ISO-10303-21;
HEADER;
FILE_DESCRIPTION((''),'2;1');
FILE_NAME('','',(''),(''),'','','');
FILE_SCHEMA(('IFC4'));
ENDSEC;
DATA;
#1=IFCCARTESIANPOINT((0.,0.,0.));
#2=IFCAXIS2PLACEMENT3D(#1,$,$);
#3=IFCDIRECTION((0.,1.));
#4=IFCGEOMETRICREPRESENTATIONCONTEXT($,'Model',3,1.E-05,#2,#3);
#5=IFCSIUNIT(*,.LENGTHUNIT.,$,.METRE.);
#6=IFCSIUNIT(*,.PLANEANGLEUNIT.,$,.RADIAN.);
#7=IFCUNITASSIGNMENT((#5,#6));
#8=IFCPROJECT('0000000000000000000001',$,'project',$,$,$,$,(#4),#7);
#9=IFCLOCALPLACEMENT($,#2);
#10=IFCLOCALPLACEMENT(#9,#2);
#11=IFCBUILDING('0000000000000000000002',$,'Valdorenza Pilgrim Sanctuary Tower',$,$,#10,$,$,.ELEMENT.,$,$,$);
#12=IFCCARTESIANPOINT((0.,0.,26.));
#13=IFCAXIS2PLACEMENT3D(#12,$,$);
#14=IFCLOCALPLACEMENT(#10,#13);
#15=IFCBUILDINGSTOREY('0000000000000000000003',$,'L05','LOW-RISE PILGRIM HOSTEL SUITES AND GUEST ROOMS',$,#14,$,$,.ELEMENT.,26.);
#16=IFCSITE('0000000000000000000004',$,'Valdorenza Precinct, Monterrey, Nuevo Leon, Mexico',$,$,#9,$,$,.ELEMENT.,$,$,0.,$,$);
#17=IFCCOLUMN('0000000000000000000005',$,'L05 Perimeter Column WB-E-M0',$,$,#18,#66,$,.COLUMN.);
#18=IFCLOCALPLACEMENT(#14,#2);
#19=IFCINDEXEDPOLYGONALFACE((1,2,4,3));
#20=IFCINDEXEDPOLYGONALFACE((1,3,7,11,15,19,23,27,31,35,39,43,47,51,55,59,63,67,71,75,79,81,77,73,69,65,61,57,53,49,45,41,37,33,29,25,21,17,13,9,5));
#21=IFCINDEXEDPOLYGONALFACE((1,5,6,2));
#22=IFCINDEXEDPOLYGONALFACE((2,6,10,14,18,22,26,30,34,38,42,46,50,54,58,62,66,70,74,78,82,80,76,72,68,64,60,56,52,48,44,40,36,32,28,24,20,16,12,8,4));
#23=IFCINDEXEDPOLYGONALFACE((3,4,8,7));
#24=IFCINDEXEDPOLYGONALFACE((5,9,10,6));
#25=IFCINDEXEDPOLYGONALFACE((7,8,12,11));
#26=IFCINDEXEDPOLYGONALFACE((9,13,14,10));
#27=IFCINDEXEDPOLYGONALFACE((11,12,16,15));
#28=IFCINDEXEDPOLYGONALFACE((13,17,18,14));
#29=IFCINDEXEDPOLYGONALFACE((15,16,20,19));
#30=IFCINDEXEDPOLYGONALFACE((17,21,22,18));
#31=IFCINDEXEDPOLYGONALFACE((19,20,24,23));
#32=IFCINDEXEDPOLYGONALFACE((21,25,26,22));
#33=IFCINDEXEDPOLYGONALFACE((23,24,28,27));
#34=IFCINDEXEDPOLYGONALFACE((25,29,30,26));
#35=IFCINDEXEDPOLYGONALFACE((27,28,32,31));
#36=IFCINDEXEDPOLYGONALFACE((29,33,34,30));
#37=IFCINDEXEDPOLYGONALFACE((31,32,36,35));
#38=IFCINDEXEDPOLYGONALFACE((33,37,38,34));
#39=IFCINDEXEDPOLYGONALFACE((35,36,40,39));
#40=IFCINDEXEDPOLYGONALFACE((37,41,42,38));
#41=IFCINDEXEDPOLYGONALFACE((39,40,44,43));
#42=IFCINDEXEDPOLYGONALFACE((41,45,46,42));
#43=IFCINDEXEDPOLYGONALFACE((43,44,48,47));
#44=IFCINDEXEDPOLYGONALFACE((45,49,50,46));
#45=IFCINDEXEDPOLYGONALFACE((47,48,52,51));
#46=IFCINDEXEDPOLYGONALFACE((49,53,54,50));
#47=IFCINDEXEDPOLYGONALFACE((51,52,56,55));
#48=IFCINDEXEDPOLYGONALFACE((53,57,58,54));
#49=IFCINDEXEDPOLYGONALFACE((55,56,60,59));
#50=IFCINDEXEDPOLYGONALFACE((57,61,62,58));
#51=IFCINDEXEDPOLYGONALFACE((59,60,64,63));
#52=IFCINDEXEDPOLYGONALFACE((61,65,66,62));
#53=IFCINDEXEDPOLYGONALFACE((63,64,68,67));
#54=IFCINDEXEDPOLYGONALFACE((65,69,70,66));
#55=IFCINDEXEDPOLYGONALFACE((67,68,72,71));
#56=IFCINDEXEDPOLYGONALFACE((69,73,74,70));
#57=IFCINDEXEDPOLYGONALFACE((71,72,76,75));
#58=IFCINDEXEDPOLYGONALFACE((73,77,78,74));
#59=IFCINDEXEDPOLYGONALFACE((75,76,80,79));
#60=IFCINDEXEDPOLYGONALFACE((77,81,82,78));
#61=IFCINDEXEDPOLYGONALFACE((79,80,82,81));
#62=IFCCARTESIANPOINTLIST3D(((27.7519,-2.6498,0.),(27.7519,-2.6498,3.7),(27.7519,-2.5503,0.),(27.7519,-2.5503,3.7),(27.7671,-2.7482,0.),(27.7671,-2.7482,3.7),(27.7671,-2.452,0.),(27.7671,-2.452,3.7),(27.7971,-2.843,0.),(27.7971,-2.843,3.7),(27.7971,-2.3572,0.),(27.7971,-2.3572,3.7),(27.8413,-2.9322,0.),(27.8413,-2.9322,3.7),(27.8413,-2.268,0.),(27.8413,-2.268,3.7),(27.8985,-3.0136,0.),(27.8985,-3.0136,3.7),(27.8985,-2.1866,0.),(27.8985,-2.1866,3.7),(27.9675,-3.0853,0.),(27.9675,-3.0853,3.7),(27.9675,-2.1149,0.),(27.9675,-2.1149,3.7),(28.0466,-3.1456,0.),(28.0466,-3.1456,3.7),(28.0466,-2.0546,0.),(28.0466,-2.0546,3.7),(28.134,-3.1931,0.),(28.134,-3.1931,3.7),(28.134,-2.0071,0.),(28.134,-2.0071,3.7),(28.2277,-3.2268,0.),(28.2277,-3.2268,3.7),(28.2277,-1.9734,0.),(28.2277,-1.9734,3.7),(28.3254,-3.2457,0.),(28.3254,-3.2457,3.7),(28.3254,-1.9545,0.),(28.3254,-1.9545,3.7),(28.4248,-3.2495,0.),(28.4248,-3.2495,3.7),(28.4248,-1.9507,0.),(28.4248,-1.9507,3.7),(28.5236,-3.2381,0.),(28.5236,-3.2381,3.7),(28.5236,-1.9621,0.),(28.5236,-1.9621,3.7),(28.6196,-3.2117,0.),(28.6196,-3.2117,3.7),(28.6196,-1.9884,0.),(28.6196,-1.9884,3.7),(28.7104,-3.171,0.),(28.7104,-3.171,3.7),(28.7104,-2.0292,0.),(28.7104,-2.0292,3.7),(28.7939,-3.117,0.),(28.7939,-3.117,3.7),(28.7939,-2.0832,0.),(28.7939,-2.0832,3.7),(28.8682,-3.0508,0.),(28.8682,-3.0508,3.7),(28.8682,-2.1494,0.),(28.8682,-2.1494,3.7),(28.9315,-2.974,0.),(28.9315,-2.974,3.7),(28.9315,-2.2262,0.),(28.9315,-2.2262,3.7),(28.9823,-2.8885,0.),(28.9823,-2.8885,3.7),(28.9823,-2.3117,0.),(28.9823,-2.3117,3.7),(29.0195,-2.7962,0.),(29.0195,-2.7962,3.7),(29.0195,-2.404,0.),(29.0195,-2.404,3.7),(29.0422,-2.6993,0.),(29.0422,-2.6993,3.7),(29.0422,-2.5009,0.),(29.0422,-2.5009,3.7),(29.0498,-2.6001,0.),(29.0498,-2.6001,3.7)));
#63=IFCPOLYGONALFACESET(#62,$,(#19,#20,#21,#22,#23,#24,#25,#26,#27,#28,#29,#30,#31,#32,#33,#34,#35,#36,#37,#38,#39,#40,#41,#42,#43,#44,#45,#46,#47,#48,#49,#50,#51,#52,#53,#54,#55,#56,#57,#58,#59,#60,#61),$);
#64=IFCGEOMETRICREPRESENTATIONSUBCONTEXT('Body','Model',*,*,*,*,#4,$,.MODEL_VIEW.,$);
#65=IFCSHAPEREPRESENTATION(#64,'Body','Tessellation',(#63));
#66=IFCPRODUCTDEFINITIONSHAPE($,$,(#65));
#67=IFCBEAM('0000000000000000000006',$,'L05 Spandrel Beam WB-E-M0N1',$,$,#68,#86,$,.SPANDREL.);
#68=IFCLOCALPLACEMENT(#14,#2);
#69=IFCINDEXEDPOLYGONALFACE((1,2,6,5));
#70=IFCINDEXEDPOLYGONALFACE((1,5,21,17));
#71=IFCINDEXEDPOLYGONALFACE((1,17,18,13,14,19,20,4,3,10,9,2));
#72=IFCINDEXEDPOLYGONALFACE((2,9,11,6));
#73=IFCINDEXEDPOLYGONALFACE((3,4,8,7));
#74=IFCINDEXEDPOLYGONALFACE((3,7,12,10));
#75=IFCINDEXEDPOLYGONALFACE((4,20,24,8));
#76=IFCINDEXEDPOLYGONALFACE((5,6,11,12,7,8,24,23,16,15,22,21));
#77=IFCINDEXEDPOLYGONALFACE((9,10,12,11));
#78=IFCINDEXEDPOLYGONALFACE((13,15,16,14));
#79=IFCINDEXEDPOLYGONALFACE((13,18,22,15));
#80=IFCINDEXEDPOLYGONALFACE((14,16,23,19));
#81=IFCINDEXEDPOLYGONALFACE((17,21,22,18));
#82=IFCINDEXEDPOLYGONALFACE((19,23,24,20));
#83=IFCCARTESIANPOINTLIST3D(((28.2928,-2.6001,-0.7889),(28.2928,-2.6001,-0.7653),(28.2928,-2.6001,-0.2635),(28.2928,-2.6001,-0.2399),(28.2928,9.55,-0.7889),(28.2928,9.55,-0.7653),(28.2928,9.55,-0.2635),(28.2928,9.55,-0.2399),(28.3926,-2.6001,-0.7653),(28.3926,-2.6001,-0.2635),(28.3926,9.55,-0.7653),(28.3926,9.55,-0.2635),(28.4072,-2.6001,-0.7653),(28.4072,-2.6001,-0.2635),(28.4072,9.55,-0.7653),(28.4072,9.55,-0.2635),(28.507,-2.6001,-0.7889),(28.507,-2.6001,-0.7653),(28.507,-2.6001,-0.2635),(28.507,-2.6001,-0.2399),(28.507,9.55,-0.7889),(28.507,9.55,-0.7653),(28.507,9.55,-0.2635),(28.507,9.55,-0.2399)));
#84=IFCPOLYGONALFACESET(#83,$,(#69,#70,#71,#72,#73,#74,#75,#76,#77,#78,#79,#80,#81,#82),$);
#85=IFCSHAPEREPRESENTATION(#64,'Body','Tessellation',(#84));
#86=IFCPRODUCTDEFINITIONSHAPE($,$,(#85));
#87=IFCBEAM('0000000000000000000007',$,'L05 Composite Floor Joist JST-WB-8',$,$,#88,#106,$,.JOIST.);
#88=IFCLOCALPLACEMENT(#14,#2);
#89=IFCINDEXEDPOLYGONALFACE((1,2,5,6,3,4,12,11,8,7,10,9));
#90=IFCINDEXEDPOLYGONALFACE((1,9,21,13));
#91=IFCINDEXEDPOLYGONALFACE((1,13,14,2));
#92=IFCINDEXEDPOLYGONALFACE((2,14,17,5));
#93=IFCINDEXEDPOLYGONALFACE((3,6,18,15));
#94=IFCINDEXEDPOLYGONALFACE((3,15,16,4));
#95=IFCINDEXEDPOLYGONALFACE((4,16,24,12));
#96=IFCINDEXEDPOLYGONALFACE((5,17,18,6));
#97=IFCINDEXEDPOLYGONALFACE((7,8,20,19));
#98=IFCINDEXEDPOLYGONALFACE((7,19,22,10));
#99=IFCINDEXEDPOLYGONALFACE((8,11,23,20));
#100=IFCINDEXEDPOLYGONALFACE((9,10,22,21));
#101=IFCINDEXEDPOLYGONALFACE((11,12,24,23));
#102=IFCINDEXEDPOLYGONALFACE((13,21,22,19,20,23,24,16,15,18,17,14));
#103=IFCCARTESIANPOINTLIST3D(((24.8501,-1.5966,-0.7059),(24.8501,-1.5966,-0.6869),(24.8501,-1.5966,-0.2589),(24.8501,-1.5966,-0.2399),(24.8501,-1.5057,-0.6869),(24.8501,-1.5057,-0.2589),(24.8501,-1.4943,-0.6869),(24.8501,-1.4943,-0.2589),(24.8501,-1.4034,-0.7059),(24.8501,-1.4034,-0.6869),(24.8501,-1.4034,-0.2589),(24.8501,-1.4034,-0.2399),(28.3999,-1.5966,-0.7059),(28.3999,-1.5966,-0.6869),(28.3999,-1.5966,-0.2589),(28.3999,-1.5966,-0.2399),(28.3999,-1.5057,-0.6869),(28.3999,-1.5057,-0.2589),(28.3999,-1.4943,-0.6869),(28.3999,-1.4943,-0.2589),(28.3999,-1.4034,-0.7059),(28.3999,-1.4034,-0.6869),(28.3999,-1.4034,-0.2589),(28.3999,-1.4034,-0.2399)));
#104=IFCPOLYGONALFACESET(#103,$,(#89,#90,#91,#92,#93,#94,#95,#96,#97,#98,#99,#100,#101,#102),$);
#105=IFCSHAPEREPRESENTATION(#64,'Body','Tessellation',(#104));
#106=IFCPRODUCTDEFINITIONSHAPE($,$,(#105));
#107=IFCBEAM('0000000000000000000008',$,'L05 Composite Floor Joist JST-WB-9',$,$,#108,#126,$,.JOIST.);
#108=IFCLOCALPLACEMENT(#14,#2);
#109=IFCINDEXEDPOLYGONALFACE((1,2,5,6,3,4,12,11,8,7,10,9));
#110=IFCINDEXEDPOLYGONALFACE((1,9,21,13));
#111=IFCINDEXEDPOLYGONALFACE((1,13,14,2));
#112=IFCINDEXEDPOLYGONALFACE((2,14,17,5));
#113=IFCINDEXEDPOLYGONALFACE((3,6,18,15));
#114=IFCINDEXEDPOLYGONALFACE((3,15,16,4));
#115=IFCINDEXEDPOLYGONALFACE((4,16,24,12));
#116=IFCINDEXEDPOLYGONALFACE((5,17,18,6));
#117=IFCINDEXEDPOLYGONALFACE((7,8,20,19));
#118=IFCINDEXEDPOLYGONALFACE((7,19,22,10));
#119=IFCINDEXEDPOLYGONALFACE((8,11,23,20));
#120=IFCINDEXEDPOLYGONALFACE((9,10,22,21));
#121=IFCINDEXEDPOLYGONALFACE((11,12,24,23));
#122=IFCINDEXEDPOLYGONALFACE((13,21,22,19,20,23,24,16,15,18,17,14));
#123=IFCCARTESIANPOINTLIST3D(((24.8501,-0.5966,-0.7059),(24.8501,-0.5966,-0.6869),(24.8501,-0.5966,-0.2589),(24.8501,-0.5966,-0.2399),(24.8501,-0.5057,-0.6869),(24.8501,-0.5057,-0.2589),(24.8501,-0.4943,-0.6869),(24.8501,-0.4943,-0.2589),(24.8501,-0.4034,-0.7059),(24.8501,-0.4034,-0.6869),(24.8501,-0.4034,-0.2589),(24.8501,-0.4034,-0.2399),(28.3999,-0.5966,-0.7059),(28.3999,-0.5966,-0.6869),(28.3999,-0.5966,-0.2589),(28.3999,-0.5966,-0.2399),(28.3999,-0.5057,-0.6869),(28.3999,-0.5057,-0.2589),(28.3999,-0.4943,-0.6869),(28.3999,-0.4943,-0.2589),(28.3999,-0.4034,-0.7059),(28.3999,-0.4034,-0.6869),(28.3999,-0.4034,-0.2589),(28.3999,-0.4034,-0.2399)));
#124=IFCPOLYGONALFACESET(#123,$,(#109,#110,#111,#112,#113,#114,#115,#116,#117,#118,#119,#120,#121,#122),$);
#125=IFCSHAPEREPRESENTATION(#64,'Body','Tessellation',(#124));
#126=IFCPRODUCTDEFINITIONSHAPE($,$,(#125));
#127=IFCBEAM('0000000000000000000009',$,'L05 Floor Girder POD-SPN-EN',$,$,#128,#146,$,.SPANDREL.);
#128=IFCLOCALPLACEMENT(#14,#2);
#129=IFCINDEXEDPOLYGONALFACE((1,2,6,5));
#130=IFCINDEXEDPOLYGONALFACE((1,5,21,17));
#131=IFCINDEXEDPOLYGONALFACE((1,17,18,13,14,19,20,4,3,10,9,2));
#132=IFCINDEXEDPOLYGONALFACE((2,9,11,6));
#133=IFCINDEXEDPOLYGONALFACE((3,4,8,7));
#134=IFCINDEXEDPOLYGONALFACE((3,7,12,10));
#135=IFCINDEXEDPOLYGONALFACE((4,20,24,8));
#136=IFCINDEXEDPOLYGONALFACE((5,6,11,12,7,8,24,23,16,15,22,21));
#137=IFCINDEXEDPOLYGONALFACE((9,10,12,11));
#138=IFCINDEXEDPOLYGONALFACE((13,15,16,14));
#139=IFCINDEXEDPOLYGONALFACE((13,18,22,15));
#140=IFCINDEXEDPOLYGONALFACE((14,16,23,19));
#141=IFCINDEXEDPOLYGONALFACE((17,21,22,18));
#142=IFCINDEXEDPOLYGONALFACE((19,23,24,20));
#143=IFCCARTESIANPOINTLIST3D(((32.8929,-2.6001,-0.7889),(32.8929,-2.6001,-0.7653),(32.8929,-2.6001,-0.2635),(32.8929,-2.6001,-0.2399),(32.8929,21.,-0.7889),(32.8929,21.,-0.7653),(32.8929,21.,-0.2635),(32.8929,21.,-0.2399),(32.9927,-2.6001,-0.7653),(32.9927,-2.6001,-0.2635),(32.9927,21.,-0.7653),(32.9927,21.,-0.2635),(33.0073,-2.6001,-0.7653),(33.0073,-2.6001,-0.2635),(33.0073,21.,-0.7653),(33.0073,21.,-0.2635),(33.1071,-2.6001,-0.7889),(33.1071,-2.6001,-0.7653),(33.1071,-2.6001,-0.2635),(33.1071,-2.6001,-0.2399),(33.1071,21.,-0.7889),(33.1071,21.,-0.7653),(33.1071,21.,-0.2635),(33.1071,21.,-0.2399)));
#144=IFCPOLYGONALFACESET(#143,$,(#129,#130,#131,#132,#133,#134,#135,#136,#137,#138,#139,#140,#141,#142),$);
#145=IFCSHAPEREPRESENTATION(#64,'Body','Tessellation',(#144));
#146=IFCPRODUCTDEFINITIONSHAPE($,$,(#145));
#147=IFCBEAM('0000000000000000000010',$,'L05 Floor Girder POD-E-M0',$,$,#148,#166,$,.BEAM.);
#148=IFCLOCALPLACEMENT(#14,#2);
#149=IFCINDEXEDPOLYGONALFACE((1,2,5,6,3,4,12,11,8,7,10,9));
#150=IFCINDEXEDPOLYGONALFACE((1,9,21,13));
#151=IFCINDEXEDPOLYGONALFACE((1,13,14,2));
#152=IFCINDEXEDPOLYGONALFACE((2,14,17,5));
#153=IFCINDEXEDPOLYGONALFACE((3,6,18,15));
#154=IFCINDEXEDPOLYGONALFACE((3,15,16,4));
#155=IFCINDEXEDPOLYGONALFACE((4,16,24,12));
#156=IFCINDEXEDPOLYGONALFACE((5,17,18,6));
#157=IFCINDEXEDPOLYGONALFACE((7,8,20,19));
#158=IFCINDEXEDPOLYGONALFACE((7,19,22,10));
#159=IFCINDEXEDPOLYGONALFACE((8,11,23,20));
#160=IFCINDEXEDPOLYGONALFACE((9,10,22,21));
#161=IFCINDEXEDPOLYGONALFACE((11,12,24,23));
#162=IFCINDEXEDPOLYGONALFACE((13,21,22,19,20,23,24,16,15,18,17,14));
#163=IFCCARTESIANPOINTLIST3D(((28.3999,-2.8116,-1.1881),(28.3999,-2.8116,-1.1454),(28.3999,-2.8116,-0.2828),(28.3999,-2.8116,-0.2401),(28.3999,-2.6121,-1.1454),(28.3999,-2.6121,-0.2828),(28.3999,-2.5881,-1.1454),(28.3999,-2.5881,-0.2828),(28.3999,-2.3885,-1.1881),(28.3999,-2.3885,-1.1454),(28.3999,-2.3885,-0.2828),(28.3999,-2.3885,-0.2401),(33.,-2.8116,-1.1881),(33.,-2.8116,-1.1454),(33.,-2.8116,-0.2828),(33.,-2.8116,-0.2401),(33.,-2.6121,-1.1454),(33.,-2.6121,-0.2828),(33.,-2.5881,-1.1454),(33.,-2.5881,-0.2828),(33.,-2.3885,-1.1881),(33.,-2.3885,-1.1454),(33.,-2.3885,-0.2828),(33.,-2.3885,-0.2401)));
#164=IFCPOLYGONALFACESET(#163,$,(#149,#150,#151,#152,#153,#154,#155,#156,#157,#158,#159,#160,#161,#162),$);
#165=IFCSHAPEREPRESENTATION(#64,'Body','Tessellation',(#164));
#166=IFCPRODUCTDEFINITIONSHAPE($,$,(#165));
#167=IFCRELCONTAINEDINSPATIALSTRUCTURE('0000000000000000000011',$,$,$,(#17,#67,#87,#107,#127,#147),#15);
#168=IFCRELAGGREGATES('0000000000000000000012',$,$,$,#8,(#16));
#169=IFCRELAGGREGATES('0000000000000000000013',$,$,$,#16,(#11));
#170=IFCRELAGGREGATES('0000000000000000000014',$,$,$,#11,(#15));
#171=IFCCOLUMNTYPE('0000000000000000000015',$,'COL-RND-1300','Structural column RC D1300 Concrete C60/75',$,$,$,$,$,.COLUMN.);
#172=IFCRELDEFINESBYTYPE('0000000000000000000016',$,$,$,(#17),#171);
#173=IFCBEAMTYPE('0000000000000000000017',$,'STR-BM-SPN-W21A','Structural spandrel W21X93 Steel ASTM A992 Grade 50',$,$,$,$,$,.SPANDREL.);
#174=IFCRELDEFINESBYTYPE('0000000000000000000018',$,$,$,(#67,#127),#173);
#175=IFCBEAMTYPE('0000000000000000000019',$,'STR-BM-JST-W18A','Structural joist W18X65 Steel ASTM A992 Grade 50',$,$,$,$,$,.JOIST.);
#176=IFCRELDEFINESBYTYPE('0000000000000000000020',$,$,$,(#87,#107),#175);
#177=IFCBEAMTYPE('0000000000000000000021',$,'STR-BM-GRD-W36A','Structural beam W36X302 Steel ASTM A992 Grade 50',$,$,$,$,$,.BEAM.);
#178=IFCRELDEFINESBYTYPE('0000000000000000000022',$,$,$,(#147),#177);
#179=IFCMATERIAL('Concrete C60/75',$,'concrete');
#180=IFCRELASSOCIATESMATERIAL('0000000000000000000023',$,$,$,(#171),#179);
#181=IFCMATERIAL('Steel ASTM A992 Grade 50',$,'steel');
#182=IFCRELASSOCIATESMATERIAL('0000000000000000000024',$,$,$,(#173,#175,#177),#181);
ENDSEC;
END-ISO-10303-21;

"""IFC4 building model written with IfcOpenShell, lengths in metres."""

from ifc_helpers import new_model, si_unit, direction, frame, origin, origin_2d, place, context, subcontext, project, spatial, circle, i_section, extrude, source, transform, mapped, material, material_profile, profile_set, type_object, element, save


model = new_model("IFC4")

# Units and contexts
model_context = context("Model", 3, precision=1e-05, world=origin(), true_north=direction((0.0, 1.0)))
body_context = subcontext(model_context, "Body", "Model", "MODEL_VIEW")
ifc_project = project(units=[si_unit("LENGTHUNIT", "METRE"), si_unit("PLANEANGLEUNIT", "RADIAN")], contexts=[model_context])

# Site, building, storey
site_placement = place(None, origin())
site = spatial("IfcSite", under=ifc_project, at=site_placement, Name="Valdorenza Precinct, Monterrey, Nuevo Leon, Mexico", CompositionType="ELEMENT", RefElevation=0.0)
building_placement = place(site_placement, origin())
building = spatial("IfcBuilding", under=site, at=building_placement, Name="Valdorenza Pilgrim Sanctuary Tower", CompositionType="ELEMENT")
storey_placement = place(building_placement, frame((0.0, 0.0, 26.0)))
storey = spatial("IfcBuildingStorey", under=building, at=storey_placement, Name="L05", Description="LOW-RISE PILGRIM HOSTEL SUITES AND GUEST ROOMS", CompositionType="ELEMENT", Elevation=26.0)

# Column
ifc_material_1 = material(Name="Concrete C60/75", Category="concrete")
ifc_material_profile_1 = material_profile(ifc_material_1, circle(Radius=0.6499, at=origin_2d()), Name="RC D1300")
ifc_profile_set_1 = profile_set([ifc_material_profile_1], Name="Concrete C60/75")
column_type = type_object("IfcColumnType", Name="COL-RND-1300", Description="Structural column RC D1300 Concrete C60/75", PredefinedType="COLUMN", material=ifc_profile_set_1)
shared_shape_1 = source(origin(), body_context, "Body", "SweptSolid", [
    extrude(circle(Radius=0.6499, at=origin_2d()), origin(), (0.0, 0.0, 1.0), 3.7),
])
column_placement = place(storey_placement, frame((28.3999, -2.6001, 0.0), z_axis=(0.0, 0.0, 1.0), x_axis=(1.0, 0.0, 0.0)))
element("IfcColumn", 1, at=column_placement, inside=storey, type_object=column_type, Name="L05 Perimeter Column WB-E-M0", PredefinedType="COLUMN", context=body_context, shape_type="MappedRepresentation", body=[
    mapped(shared_shape_1, transform((0.0, 0.0, 0.0), x_axis=(1.0, 0.0, 0.0), y_axis=(0.0, 1.0, 0.0), z_axis=(0.0, 0.0, 1.0), scale=1.0)),
])

# Beams
ifc_material_2 = material(Name="Steel ASTM A992 Grade 50", Category="steel")
ifc_material_profile_2 = material_profile(ifc_material_2, i_section(OverallWidth=0.2141, OverallDepth=0.5491, WebThickness=0.0146, FlangeThickness=0.0237, at=origin_2d()), Name="W21X93")
ifc_profile_set_2 = profile_set([ifc_material_profile_2], Name="Steel ASTM A992 Grade 50")
beam_type_1 = type_object("IfcBeamType", Name="STR-BM-SPN-W21A", Description="Structural spandrel W21X93 Steel ASTM A992 Grade 50", PredefinedType="SPANDREL", material=ifc_profile_set_2)
shared_shape_2 = source(origin(), body_context, "Body", "SweptSolid", [
    extrude(i_section(OverallWidth=0.2141, OverallDepth=0.5491, WebThickness=0.0146, FlangeThickness=0.0237, at=origin_2d()), origin(), (0.0, 0.0, 1.0), 12.1501),
])
beam_1_placement = place(storey_placement, frame((28.3999, -2.6001, -0.5144), z_axis=(0.0, 1.0, 0.0), x_axis=(-1.0, 0.0, 0.0)))
element("IfcBeam", 2, at=beam_1_placement, inside=storey, type_object=beam_type_1, Name="L05 Spandrel Beam WB-E-M0N1", PredefinedType="SPANDREL", context=body_context, shape_type="MappedRepresentation", body=[
    mapped(shared_shape_2, transform((0.0, 0.0, 0.0), x_axis=(1.0, 0.0, 0.0), y_axis=(0.0, 1.0, 0.0), z_axis=(0.0, 0.0, 1.0), scale=1.0)),
])
ifc_material_profile_3 = material_profile(ifc_material_2, i_section(OverallWidth=0.1931, OverallDepth=0.4661, WebThickness=0.0115, FlangeThickness=0.019, at=origin_2d()), Name="W18X65")
ifc_profile_set_3 = profile_set([ifc_material_profile_3], Name="Steel ASTM A992 Grade 50")
beam_type_2 = type_object("IfcBeamType", Name="STR-BM-JST-W18A", Description="Structural joist W18X65 Steel ASTM A992 Grade 50", PredefinedType="JOIST", material=ifc_profile_set_3)
shared_shape_3 = source(origin(), body_context, "Body", "SweptSolid", [
    extrude(i_section(OverallWidth=0.1931, OverallDepth=0.4661, WebThickness=0.0115, FlangeThickness=0.019, at=origin_2d()), origin(), (0.0, 0.0, 1.0), 3.5498),
])
for number, where, z_axis, x_axis, name in (
    (3, (24.8501, -1.5, -0.4729), (1.0, 0.0, 0.0), (0.0, 1.0, 0.0), "L05 Composite Floor Joist JST-WB-8"),
    (4, (24.8501, -0.5, -0.4729), (1.0, 0.0, 0.0), (0.0, 1.0, 0.0), "L05 Composite Floor Joist JST-WB-9"),
):
    element("IfcBeam", number, at=place(storey_placement, frame(where, z_axis=z_axis, x_axis=x_axis)), inside=storey, type_object=beam_type_2, Name=name, PredefinedType="JOIST", context=body_context, shape_type="MappedRepresentation", body=[
        mapped(shared_shape_3, transform((0.0, 0.0, 0.0), x_axis=(1.0, 0.0, 0.0), y_axis=(0.0, 1.0, 0.0), z_axis=(0.0, 0.0, 1.0), scale=1.0)),
    ])
shared_shape_4 = source(origin(), body_context, "Body", "SweptSolid", [
    extrude(i_section(OverallWidth=0.2141, OverallDepth=0.5491, WebThickness=0.0146, FlangeThickness=0.0237, at=origin_2d()), origin(), (0.0, 0.0, 1.0), 23.6001),
])
beam_2_placement = place(storey_placement, frame((33.0, -2.6001, -0.5144), z_axis=(0.0, 1.0, 0.0), x_axis=(-1.0, 0.0, 0.0)))
element("IfcBeam", 5, at=beam_2_placement, inside=storey, type_object=beam_type_1, Name="L05 Floor Girder POD-SPN-EN", PredefinedType="SPANDREL", context=body_context, shape_type="MappedRepresentation", body=[
    mapped(shared_shape_4, transform((0.0, 0.0, 0.0), x_axis=(1.0, 0.0, 0.0), y_axis=(0.0, 1.0, 0.0), z_axis=(0.0, 0.0, 1.0), scale=1.0)),
])
ifc_material_profile_4 = material_profile(ifc_material_2, i_section(OverallWidth=0.4231, OverallDepth=0.948, WebThickness=0.0239, FlangeThickness=0.0427, at=origin_2d()), Name="W36X302")
ifc_profile_set_4 = profile_set([ifc_material_profile_4], Name="Steel ASTM A992 Grade 50")
beam_type_3 = type_object("IfcBeamType", Name="STR-BM-GRD-W36A", Description="Structural beam W36X302 Steel ASTM A992 Grade 50", PredefinedType="BEAM", material=ifc_profile_set_4)
shared_shape_5 = source(origin(), body_context, "Body", "SweptSolid", [
    extrude(i_section(OverallWidth=0.4231, OverallDepth=0.948, WebThickness=0.0239, FlangeThickness=0.0427, at=origin_2d()), origin(), (0.0, 0.0, 1.0), 4.6001),
])
beam_3_placement = place(storey_placement, frame((28.3999, -2.6001, -0.7141), z_axis=(1.0, 0.0, 0.0), x_axis=(0.0, 1.0, 0.0)))
element("IfcBeam", 6, at=beam_3_placement, inside=storey, type_object=beam_type_3, Name="L05 Floor Girder POD-E-M0", PredefinedType="BEAM", context=body_context, shape_type="MappedRepresentation", body=[
    mapped(shared_shape_5, transform((0.0, 0.0, 0.0), x_axis=(1.0, 0.0, 0.0), y_axis=(0.0, 1.0, 0.0), z_axis=(0.0, 0.0, 1.0), scale=1.0)),
])

save(model, "model.ifc")
